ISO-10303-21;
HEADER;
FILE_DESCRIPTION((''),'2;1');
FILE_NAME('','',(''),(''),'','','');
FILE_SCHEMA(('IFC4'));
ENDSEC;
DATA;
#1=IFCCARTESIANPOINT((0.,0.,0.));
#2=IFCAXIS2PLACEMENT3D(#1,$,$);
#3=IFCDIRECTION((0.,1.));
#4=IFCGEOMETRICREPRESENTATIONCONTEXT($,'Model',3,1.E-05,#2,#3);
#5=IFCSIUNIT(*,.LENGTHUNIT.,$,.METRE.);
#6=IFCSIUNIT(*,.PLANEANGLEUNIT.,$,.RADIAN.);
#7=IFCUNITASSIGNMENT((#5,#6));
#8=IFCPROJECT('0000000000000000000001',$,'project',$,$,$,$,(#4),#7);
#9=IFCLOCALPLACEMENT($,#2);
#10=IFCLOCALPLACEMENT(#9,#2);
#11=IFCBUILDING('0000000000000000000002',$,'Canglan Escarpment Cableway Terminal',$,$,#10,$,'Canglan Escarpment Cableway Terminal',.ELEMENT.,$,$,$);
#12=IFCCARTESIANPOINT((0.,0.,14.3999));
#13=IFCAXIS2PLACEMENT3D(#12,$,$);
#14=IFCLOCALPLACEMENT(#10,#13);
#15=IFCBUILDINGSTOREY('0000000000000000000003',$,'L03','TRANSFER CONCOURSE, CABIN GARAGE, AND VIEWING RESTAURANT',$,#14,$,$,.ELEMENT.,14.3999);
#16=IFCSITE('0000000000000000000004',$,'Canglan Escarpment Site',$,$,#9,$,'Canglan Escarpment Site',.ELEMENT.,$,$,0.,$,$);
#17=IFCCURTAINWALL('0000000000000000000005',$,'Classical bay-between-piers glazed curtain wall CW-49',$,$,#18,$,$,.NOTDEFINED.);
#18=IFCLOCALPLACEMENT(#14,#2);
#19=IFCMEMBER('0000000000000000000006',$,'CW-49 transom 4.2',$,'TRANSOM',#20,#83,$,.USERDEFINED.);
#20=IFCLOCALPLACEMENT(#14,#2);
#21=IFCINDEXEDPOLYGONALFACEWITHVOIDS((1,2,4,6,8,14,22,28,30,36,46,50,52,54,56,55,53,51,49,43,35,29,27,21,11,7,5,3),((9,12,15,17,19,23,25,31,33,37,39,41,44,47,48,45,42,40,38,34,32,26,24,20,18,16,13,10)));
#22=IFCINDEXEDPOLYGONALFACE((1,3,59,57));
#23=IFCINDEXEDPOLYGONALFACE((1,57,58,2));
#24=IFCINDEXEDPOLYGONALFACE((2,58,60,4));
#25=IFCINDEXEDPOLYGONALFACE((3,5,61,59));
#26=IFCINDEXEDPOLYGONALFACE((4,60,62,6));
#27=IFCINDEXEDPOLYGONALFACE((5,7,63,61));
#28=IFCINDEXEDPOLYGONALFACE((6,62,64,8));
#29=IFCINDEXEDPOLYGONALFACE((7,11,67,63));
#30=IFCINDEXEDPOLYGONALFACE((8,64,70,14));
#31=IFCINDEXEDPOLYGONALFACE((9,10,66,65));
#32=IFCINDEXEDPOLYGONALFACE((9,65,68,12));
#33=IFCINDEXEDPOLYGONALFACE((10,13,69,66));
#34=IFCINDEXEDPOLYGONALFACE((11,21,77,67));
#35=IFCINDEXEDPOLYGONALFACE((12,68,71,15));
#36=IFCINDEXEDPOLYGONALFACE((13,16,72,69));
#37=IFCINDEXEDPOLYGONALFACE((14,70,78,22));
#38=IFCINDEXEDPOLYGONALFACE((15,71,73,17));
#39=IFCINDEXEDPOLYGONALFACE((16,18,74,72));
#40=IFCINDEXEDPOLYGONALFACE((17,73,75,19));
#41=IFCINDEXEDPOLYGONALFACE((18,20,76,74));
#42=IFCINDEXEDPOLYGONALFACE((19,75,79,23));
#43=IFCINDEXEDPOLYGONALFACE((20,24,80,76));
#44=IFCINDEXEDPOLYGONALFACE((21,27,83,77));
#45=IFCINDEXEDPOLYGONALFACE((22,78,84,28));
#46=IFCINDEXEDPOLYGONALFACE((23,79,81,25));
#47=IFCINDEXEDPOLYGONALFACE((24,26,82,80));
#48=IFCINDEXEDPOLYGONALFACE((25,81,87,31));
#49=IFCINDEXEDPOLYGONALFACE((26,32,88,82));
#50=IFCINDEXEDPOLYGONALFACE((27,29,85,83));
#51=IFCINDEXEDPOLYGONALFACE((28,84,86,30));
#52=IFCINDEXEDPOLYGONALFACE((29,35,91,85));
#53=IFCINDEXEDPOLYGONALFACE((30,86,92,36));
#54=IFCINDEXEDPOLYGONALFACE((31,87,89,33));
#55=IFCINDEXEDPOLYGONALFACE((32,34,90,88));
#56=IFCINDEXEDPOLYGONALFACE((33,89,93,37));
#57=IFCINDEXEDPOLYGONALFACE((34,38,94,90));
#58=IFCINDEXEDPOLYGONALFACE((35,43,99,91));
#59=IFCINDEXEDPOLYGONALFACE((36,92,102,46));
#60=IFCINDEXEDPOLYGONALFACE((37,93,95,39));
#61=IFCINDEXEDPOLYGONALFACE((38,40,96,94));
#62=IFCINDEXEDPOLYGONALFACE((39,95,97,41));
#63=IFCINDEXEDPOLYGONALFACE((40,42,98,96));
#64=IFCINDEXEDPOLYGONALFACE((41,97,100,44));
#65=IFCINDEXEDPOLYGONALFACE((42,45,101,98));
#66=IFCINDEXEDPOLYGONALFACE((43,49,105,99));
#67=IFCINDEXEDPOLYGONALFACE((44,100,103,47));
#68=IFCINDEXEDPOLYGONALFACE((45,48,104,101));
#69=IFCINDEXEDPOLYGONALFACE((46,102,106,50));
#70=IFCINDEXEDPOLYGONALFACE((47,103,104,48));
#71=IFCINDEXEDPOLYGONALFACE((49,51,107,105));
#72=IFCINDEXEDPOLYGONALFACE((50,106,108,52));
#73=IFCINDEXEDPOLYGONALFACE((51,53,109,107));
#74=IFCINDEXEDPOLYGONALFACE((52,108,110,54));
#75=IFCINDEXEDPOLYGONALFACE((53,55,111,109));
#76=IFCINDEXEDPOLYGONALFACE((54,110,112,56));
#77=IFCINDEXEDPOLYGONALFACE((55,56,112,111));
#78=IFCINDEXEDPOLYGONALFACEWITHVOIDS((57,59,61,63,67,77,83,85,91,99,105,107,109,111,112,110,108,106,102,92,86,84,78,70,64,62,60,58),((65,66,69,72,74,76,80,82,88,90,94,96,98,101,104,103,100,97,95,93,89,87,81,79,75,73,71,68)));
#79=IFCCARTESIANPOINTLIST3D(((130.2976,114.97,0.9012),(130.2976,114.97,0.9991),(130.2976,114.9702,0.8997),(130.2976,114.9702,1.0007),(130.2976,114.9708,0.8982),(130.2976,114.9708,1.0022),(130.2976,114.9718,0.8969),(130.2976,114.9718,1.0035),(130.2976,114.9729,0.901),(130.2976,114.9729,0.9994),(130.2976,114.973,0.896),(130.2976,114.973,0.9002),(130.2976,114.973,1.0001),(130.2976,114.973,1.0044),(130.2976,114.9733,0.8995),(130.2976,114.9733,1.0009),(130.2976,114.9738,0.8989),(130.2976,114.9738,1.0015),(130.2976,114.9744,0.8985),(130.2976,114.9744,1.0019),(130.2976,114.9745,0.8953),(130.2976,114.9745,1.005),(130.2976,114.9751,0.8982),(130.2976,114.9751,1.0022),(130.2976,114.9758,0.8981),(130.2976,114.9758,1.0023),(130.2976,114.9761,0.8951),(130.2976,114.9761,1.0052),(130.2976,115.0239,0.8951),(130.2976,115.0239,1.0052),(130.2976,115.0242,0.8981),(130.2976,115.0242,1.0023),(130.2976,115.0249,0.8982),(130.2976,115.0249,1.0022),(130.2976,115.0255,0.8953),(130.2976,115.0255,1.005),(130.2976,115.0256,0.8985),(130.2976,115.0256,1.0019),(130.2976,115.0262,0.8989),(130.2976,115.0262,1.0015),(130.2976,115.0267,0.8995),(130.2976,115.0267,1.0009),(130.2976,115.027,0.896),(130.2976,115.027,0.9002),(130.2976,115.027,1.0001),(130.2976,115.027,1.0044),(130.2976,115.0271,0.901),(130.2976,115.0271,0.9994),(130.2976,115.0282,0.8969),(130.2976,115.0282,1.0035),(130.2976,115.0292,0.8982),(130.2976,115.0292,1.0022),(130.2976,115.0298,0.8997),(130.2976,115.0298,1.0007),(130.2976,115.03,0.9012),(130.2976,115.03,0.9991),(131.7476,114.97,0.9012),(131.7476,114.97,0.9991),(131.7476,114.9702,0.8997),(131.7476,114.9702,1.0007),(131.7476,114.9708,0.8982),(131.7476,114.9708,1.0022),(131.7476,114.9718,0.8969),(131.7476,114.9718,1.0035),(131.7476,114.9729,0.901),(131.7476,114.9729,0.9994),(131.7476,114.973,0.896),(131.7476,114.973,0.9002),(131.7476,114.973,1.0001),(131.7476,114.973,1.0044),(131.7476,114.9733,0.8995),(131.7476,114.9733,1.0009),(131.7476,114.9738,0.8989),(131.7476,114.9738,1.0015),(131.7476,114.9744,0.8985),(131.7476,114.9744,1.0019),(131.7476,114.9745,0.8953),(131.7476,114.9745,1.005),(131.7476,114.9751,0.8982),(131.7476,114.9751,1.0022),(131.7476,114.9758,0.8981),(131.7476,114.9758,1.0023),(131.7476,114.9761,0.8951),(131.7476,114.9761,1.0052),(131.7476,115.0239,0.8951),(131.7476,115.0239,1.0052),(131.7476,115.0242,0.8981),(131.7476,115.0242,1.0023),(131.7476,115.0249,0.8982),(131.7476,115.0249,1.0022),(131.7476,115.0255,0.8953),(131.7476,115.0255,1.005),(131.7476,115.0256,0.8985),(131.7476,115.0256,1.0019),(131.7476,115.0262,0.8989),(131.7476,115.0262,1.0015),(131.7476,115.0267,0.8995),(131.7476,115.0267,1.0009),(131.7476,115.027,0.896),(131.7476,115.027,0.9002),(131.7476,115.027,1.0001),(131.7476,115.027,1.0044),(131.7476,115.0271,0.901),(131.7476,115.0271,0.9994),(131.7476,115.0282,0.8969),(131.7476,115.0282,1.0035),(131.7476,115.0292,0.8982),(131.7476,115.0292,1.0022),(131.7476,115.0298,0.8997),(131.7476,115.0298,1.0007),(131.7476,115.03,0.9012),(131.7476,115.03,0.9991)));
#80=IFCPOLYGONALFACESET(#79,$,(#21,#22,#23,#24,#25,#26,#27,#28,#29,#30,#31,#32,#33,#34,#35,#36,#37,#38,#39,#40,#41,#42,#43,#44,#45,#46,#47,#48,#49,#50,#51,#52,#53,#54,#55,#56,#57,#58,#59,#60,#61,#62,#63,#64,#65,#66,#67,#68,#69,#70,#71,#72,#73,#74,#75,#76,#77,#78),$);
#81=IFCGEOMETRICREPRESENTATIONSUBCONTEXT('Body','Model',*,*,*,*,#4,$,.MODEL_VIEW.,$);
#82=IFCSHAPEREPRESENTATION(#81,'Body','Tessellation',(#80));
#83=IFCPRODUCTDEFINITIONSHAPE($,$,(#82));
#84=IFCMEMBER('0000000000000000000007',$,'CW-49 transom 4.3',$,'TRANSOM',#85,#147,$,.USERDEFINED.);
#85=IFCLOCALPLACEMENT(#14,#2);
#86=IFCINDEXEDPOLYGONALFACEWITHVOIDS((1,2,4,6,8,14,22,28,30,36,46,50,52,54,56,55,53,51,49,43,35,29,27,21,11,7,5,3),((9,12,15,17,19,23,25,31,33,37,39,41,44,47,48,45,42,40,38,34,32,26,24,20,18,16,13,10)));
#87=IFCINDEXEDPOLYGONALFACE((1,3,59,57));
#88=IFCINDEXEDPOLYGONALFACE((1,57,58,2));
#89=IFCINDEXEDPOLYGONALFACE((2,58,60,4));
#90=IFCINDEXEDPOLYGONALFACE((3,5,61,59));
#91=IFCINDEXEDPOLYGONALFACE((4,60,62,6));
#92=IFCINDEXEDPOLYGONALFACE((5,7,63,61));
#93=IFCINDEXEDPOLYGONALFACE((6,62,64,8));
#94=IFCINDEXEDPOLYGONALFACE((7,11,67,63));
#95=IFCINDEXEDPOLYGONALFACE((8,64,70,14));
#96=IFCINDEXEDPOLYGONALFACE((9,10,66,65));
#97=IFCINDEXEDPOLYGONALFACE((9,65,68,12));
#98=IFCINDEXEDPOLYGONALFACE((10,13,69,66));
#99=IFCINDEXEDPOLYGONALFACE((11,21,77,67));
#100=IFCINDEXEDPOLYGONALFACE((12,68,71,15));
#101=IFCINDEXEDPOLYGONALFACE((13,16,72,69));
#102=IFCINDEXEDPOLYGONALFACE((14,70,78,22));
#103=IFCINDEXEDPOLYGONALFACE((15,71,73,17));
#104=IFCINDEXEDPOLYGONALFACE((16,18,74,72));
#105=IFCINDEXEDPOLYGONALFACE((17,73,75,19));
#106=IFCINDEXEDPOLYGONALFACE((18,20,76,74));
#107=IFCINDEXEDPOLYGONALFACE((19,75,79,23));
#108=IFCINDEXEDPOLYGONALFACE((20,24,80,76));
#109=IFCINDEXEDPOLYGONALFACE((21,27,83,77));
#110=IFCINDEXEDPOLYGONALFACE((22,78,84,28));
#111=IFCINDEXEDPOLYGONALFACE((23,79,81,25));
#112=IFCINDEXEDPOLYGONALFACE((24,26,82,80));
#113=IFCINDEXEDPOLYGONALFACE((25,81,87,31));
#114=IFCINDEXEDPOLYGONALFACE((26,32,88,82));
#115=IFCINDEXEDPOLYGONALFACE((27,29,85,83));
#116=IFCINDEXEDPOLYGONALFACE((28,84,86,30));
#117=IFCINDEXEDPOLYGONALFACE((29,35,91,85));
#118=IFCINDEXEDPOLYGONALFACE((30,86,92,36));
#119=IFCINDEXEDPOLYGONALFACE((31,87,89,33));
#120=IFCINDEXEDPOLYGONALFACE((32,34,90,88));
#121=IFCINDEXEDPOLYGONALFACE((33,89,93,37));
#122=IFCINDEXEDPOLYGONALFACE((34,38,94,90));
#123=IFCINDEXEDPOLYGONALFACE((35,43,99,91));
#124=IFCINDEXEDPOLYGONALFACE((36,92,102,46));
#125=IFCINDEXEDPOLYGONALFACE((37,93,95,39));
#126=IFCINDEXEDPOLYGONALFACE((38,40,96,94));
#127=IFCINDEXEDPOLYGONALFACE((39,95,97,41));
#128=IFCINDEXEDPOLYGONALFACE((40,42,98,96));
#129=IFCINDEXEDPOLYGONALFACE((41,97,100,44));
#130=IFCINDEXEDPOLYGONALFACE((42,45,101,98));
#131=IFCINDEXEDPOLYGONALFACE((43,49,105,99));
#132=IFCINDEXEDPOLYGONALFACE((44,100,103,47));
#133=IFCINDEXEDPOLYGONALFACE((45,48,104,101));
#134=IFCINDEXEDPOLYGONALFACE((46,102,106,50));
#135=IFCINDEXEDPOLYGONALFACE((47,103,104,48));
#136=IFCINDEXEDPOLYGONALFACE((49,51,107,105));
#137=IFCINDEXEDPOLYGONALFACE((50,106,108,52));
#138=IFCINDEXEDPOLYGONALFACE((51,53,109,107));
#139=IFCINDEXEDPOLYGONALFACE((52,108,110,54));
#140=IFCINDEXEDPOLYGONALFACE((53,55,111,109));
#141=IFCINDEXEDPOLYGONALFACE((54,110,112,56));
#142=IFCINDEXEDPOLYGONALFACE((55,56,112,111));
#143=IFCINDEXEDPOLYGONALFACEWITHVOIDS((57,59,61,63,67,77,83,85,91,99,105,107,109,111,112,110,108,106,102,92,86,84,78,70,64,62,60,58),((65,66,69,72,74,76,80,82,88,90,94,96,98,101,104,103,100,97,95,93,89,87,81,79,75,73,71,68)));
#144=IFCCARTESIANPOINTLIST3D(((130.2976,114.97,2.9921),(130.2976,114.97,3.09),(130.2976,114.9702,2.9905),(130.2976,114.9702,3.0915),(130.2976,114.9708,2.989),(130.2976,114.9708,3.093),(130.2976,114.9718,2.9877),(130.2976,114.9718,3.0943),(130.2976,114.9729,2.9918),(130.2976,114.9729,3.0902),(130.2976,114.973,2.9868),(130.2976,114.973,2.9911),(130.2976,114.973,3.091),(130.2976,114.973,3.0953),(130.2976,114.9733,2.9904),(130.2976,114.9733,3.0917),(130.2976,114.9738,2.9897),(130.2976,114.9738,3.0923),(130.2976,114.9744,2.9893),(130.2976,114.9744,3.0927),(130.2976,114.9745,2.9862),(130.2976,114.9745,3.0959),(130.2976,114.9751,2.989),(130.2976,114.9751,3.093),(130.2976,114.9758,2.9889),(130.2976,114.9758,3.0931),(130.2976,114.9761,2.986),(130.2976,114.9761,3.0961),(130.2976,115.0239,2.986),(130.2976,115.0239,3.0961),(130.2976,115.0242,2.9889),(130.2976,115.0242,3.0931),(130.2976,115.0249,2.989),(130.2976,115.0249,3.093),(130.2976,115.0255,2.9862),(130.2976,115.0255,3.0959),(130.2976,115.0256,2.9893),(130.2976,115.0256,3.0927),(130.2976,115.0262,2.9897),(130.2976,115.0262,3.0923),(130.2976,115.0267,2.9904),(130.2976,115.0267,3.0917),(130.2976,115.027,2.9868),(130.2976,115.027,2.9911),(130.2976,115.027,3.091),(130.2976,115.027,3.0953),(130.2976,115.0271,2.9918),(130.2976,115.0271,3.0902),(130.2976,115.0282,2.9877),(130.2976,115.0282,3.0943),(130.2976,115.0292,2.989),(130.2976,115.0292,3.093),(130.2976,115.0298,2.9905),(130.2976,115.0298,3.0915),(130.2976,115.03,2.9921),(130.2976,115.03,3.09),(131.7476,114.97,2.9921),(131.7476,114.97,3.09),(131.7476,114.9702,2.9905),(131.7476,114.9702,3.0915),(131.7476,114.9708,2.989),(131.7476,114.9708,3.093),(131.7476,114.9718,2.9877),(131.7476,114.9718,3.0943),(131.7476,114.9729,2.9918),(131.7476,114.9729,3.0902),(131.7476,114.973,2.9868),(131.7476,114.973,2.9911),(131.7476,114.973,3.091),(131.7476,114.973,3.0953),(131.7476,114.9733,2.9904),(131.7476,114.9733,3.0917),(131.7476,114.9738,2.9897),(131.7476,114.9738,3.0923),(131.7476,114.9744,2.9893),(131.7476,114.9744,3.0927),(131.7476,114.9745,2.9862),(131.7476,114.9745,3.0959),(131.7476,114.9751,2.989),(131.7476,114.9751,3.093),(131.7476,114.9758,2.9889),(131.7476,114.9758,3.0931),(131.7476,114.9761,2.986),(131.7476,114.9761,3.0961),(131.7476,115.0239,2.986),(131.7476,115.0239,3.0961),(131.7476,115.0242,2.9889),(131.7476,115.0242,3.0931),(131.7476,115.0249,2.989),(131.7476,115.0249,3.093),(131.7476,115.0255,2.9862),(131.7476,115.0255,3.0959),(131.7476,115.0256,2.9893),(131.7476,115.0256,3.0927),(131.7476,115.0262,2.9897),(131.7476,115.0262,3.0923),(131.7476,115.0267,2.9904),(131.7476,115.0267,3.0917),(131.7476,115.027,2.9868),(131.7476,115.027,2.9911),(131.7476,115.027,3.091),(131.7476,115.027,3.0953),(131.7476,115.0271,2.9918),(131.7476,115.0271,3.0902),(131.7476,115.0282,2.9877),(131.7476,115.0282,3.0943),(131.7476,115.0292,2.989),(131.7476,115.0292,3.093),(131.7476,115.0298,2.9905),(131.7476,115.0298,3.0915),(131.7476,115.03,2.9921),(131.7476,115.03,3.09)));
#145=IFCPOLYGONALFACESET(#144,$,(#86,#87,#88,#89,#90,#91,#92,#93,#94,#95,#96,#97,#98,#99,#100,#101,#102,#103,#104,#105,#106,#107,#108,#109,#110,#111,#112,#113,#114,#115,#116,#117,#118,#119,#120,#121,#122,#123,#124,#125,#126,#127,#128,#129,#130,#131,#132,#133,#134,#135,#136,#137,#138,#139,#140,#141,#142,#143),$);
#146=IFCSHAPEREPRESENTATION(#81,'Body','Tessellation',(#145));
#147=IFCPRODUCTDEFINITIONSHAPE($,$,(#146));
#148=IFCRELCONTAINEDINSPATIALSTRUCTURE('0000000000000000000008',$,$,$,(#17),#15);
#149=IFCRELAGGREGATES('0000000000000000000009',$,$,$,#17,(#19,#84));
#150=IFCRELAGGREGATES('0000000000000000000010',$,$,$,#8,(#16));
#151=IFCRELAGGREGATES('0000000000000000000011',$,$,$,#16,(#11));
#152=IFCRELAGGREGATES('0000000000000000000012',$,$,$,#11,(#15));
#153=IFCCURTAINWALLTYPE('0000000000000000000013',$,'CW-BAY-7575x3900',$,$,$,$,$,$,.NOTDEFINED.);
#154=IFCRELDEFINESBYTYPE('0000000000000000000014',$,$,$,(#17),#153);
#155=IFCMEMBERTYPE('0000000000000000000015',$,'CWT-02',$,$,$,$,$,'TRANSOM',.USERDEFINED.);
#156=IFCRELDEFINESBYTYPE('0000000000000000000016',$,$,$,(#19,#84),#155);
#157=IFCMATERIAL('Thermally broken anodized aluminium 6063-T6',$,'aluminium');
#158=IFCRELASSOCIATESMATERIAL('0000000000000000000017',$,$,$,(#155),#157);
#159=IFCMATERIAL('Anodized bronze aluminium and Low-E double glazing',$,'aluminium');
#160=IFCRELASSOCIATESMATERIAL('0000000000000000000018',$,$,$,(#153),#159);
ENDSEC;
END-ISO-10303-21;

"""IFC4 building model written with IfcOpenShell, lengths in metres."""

from ifc_helpers import new_model, si_unit, direction, frame, origin, origin_2d, place, context, subcontext, project, spatial, hollow_rectangle, extrude, material, material_profile, profile_set, type_object, element, aggregate, save


model = new_model("IFC4")

# Units and contexts
model_context = context("Model", 3, precision=1e-05, world=origin(), true_north=direction((0.0, 1.0)))
body_context = subcontext(model_context, "Body", "Model", "MODEL_VIEW")
ifc_project = project(units=[si_unit("LENGTHUNIT", "METRE"), si_unit("PLANEANGLEUNIT", "RADIAN")], contexts=[model_context])

# Site, building, storey
site_placement = place(None, origin())
site = spatial("IfcSite", under=ifc_project, at=site_placement, Name="Canglan Escarpment Site", LongName="Canglan Escarpment Site", CompositionType="ELEMENT", RefElevation=0.0)
building_placement = place(site_placement, origin())
building = spatial("IfcBuilding", under=site, at=building_placement, Name="Canglan Escarpment Cableway Terminal", LongName="Canglan Escarpment Cableway Terminal", CompositionType="ELEMENT")
storey_placement = place(building_placement, frame((0.0, 0.0, 14.3999)))
storey = spatial("IfcBuildingStorey", under=building, at=storey_placement, Name="L03", Description="TRANSFER CONCOURSE, CABIN GARAGE, AND VIEWING RESTAURANT", CompositionType="ELEMENT", Elevation=14.3999)

# Curtain wall, members
ifc_material_1 = material(Name="Anodized bronze aluminium and Low-E double glazing", Category="aluminium")
ifc_material_2 = material(Name="Thermally broken anodized aluminium 6063-T6", Category="aluminium")
ifc_material_profile_1 = material_profile(ifc_material_2, hollow_rectangle(XDim=0.0601, YDim=0.1101, WallThickness=0.0029, InnerFilletRadius=0.0029, OuterFilletRadius=0.0061, at=origin_2d()), Name="ALU-TRAN 60x110x3")
ifc_profile_set_1 = profile_set([ifc_material_profile_1], Name="Thermally broken anodized aluminium 6063-T6")
member_type_1 = type_object("IfcMemberType", Name="CWT-02", ElementType="TRANSOM", PredefinedType="USERDEFINED", material=ifc_profile_set_1)
curtain_wall_type_1 = type_object("IfcCurtainWallType", Name="CW-BAY-7575x3900", PredefinedType="NOTDEFINED", material=ifc_material_1)
curtain_wall_1_placement = place(storey_placement, origin())
curtain_wall_1 = element("IfcCurtainWall", 1, at=curtain_wall_1_placement, inside=storey, type_object=curtain_wall_type_1, Name="Classical bay-between-piers glazed curtain wall CW-49", PredefinedType="NOTDEFINED")
member_1_placement = place(storey_placement, frame((131.7476, 115.0, 0.9502), z_axis=(-1.0, 0.0, 0.0), x_axis=(0.0, -1.0, 0.0)))
member_1 = element("IfcMember", 2, at=member_1_placement, type_object=member_type_1, Name="CW-49 transom 4.2", ObjectType="TRANSOM", PredefinedType="USERDEFINED", context=body_context, shape_type="SweptSolid", body=[
    extrude(hollow_rectangle(XDim=0.0601, YDim=0.1101, WallThickness=0.0029, InnerFilletRadius=0.0029, OuterFilletRadius=0.0061, at=origin_2d()), origin(), (0.0, 0.0, 1.0), 1.45),
])
member_2_placement = place(storey_placement, frame((131.7476, 115.0, 3.041), z_axis=(-1.0, 0.0, 0.0), x_axis=(0.0, -1.0, 0.0)))
member_2 = element("IfcMember", 3, at=member_2_placement, type_object=member_type_1, Name="CW-49 transom 4.3", ObjectType="TRANSOM", PredefinedType="USERDEFINED", context=body_context, shape_type="SweptSolid", body=[
    extrude(hollow_rectangle(XDim=0.0601, YDim=0.1101, WallThickness=0.0029, InnerFilletRadius=0.0029, OuterFilletRadius=0.0061, at=origin_2d()), origin(), (0.0, 0.0, 1.0), 1.45),
])
aggregate(curtain_wall_1, [member_1, member_2])

save(model, "model.ifc")
